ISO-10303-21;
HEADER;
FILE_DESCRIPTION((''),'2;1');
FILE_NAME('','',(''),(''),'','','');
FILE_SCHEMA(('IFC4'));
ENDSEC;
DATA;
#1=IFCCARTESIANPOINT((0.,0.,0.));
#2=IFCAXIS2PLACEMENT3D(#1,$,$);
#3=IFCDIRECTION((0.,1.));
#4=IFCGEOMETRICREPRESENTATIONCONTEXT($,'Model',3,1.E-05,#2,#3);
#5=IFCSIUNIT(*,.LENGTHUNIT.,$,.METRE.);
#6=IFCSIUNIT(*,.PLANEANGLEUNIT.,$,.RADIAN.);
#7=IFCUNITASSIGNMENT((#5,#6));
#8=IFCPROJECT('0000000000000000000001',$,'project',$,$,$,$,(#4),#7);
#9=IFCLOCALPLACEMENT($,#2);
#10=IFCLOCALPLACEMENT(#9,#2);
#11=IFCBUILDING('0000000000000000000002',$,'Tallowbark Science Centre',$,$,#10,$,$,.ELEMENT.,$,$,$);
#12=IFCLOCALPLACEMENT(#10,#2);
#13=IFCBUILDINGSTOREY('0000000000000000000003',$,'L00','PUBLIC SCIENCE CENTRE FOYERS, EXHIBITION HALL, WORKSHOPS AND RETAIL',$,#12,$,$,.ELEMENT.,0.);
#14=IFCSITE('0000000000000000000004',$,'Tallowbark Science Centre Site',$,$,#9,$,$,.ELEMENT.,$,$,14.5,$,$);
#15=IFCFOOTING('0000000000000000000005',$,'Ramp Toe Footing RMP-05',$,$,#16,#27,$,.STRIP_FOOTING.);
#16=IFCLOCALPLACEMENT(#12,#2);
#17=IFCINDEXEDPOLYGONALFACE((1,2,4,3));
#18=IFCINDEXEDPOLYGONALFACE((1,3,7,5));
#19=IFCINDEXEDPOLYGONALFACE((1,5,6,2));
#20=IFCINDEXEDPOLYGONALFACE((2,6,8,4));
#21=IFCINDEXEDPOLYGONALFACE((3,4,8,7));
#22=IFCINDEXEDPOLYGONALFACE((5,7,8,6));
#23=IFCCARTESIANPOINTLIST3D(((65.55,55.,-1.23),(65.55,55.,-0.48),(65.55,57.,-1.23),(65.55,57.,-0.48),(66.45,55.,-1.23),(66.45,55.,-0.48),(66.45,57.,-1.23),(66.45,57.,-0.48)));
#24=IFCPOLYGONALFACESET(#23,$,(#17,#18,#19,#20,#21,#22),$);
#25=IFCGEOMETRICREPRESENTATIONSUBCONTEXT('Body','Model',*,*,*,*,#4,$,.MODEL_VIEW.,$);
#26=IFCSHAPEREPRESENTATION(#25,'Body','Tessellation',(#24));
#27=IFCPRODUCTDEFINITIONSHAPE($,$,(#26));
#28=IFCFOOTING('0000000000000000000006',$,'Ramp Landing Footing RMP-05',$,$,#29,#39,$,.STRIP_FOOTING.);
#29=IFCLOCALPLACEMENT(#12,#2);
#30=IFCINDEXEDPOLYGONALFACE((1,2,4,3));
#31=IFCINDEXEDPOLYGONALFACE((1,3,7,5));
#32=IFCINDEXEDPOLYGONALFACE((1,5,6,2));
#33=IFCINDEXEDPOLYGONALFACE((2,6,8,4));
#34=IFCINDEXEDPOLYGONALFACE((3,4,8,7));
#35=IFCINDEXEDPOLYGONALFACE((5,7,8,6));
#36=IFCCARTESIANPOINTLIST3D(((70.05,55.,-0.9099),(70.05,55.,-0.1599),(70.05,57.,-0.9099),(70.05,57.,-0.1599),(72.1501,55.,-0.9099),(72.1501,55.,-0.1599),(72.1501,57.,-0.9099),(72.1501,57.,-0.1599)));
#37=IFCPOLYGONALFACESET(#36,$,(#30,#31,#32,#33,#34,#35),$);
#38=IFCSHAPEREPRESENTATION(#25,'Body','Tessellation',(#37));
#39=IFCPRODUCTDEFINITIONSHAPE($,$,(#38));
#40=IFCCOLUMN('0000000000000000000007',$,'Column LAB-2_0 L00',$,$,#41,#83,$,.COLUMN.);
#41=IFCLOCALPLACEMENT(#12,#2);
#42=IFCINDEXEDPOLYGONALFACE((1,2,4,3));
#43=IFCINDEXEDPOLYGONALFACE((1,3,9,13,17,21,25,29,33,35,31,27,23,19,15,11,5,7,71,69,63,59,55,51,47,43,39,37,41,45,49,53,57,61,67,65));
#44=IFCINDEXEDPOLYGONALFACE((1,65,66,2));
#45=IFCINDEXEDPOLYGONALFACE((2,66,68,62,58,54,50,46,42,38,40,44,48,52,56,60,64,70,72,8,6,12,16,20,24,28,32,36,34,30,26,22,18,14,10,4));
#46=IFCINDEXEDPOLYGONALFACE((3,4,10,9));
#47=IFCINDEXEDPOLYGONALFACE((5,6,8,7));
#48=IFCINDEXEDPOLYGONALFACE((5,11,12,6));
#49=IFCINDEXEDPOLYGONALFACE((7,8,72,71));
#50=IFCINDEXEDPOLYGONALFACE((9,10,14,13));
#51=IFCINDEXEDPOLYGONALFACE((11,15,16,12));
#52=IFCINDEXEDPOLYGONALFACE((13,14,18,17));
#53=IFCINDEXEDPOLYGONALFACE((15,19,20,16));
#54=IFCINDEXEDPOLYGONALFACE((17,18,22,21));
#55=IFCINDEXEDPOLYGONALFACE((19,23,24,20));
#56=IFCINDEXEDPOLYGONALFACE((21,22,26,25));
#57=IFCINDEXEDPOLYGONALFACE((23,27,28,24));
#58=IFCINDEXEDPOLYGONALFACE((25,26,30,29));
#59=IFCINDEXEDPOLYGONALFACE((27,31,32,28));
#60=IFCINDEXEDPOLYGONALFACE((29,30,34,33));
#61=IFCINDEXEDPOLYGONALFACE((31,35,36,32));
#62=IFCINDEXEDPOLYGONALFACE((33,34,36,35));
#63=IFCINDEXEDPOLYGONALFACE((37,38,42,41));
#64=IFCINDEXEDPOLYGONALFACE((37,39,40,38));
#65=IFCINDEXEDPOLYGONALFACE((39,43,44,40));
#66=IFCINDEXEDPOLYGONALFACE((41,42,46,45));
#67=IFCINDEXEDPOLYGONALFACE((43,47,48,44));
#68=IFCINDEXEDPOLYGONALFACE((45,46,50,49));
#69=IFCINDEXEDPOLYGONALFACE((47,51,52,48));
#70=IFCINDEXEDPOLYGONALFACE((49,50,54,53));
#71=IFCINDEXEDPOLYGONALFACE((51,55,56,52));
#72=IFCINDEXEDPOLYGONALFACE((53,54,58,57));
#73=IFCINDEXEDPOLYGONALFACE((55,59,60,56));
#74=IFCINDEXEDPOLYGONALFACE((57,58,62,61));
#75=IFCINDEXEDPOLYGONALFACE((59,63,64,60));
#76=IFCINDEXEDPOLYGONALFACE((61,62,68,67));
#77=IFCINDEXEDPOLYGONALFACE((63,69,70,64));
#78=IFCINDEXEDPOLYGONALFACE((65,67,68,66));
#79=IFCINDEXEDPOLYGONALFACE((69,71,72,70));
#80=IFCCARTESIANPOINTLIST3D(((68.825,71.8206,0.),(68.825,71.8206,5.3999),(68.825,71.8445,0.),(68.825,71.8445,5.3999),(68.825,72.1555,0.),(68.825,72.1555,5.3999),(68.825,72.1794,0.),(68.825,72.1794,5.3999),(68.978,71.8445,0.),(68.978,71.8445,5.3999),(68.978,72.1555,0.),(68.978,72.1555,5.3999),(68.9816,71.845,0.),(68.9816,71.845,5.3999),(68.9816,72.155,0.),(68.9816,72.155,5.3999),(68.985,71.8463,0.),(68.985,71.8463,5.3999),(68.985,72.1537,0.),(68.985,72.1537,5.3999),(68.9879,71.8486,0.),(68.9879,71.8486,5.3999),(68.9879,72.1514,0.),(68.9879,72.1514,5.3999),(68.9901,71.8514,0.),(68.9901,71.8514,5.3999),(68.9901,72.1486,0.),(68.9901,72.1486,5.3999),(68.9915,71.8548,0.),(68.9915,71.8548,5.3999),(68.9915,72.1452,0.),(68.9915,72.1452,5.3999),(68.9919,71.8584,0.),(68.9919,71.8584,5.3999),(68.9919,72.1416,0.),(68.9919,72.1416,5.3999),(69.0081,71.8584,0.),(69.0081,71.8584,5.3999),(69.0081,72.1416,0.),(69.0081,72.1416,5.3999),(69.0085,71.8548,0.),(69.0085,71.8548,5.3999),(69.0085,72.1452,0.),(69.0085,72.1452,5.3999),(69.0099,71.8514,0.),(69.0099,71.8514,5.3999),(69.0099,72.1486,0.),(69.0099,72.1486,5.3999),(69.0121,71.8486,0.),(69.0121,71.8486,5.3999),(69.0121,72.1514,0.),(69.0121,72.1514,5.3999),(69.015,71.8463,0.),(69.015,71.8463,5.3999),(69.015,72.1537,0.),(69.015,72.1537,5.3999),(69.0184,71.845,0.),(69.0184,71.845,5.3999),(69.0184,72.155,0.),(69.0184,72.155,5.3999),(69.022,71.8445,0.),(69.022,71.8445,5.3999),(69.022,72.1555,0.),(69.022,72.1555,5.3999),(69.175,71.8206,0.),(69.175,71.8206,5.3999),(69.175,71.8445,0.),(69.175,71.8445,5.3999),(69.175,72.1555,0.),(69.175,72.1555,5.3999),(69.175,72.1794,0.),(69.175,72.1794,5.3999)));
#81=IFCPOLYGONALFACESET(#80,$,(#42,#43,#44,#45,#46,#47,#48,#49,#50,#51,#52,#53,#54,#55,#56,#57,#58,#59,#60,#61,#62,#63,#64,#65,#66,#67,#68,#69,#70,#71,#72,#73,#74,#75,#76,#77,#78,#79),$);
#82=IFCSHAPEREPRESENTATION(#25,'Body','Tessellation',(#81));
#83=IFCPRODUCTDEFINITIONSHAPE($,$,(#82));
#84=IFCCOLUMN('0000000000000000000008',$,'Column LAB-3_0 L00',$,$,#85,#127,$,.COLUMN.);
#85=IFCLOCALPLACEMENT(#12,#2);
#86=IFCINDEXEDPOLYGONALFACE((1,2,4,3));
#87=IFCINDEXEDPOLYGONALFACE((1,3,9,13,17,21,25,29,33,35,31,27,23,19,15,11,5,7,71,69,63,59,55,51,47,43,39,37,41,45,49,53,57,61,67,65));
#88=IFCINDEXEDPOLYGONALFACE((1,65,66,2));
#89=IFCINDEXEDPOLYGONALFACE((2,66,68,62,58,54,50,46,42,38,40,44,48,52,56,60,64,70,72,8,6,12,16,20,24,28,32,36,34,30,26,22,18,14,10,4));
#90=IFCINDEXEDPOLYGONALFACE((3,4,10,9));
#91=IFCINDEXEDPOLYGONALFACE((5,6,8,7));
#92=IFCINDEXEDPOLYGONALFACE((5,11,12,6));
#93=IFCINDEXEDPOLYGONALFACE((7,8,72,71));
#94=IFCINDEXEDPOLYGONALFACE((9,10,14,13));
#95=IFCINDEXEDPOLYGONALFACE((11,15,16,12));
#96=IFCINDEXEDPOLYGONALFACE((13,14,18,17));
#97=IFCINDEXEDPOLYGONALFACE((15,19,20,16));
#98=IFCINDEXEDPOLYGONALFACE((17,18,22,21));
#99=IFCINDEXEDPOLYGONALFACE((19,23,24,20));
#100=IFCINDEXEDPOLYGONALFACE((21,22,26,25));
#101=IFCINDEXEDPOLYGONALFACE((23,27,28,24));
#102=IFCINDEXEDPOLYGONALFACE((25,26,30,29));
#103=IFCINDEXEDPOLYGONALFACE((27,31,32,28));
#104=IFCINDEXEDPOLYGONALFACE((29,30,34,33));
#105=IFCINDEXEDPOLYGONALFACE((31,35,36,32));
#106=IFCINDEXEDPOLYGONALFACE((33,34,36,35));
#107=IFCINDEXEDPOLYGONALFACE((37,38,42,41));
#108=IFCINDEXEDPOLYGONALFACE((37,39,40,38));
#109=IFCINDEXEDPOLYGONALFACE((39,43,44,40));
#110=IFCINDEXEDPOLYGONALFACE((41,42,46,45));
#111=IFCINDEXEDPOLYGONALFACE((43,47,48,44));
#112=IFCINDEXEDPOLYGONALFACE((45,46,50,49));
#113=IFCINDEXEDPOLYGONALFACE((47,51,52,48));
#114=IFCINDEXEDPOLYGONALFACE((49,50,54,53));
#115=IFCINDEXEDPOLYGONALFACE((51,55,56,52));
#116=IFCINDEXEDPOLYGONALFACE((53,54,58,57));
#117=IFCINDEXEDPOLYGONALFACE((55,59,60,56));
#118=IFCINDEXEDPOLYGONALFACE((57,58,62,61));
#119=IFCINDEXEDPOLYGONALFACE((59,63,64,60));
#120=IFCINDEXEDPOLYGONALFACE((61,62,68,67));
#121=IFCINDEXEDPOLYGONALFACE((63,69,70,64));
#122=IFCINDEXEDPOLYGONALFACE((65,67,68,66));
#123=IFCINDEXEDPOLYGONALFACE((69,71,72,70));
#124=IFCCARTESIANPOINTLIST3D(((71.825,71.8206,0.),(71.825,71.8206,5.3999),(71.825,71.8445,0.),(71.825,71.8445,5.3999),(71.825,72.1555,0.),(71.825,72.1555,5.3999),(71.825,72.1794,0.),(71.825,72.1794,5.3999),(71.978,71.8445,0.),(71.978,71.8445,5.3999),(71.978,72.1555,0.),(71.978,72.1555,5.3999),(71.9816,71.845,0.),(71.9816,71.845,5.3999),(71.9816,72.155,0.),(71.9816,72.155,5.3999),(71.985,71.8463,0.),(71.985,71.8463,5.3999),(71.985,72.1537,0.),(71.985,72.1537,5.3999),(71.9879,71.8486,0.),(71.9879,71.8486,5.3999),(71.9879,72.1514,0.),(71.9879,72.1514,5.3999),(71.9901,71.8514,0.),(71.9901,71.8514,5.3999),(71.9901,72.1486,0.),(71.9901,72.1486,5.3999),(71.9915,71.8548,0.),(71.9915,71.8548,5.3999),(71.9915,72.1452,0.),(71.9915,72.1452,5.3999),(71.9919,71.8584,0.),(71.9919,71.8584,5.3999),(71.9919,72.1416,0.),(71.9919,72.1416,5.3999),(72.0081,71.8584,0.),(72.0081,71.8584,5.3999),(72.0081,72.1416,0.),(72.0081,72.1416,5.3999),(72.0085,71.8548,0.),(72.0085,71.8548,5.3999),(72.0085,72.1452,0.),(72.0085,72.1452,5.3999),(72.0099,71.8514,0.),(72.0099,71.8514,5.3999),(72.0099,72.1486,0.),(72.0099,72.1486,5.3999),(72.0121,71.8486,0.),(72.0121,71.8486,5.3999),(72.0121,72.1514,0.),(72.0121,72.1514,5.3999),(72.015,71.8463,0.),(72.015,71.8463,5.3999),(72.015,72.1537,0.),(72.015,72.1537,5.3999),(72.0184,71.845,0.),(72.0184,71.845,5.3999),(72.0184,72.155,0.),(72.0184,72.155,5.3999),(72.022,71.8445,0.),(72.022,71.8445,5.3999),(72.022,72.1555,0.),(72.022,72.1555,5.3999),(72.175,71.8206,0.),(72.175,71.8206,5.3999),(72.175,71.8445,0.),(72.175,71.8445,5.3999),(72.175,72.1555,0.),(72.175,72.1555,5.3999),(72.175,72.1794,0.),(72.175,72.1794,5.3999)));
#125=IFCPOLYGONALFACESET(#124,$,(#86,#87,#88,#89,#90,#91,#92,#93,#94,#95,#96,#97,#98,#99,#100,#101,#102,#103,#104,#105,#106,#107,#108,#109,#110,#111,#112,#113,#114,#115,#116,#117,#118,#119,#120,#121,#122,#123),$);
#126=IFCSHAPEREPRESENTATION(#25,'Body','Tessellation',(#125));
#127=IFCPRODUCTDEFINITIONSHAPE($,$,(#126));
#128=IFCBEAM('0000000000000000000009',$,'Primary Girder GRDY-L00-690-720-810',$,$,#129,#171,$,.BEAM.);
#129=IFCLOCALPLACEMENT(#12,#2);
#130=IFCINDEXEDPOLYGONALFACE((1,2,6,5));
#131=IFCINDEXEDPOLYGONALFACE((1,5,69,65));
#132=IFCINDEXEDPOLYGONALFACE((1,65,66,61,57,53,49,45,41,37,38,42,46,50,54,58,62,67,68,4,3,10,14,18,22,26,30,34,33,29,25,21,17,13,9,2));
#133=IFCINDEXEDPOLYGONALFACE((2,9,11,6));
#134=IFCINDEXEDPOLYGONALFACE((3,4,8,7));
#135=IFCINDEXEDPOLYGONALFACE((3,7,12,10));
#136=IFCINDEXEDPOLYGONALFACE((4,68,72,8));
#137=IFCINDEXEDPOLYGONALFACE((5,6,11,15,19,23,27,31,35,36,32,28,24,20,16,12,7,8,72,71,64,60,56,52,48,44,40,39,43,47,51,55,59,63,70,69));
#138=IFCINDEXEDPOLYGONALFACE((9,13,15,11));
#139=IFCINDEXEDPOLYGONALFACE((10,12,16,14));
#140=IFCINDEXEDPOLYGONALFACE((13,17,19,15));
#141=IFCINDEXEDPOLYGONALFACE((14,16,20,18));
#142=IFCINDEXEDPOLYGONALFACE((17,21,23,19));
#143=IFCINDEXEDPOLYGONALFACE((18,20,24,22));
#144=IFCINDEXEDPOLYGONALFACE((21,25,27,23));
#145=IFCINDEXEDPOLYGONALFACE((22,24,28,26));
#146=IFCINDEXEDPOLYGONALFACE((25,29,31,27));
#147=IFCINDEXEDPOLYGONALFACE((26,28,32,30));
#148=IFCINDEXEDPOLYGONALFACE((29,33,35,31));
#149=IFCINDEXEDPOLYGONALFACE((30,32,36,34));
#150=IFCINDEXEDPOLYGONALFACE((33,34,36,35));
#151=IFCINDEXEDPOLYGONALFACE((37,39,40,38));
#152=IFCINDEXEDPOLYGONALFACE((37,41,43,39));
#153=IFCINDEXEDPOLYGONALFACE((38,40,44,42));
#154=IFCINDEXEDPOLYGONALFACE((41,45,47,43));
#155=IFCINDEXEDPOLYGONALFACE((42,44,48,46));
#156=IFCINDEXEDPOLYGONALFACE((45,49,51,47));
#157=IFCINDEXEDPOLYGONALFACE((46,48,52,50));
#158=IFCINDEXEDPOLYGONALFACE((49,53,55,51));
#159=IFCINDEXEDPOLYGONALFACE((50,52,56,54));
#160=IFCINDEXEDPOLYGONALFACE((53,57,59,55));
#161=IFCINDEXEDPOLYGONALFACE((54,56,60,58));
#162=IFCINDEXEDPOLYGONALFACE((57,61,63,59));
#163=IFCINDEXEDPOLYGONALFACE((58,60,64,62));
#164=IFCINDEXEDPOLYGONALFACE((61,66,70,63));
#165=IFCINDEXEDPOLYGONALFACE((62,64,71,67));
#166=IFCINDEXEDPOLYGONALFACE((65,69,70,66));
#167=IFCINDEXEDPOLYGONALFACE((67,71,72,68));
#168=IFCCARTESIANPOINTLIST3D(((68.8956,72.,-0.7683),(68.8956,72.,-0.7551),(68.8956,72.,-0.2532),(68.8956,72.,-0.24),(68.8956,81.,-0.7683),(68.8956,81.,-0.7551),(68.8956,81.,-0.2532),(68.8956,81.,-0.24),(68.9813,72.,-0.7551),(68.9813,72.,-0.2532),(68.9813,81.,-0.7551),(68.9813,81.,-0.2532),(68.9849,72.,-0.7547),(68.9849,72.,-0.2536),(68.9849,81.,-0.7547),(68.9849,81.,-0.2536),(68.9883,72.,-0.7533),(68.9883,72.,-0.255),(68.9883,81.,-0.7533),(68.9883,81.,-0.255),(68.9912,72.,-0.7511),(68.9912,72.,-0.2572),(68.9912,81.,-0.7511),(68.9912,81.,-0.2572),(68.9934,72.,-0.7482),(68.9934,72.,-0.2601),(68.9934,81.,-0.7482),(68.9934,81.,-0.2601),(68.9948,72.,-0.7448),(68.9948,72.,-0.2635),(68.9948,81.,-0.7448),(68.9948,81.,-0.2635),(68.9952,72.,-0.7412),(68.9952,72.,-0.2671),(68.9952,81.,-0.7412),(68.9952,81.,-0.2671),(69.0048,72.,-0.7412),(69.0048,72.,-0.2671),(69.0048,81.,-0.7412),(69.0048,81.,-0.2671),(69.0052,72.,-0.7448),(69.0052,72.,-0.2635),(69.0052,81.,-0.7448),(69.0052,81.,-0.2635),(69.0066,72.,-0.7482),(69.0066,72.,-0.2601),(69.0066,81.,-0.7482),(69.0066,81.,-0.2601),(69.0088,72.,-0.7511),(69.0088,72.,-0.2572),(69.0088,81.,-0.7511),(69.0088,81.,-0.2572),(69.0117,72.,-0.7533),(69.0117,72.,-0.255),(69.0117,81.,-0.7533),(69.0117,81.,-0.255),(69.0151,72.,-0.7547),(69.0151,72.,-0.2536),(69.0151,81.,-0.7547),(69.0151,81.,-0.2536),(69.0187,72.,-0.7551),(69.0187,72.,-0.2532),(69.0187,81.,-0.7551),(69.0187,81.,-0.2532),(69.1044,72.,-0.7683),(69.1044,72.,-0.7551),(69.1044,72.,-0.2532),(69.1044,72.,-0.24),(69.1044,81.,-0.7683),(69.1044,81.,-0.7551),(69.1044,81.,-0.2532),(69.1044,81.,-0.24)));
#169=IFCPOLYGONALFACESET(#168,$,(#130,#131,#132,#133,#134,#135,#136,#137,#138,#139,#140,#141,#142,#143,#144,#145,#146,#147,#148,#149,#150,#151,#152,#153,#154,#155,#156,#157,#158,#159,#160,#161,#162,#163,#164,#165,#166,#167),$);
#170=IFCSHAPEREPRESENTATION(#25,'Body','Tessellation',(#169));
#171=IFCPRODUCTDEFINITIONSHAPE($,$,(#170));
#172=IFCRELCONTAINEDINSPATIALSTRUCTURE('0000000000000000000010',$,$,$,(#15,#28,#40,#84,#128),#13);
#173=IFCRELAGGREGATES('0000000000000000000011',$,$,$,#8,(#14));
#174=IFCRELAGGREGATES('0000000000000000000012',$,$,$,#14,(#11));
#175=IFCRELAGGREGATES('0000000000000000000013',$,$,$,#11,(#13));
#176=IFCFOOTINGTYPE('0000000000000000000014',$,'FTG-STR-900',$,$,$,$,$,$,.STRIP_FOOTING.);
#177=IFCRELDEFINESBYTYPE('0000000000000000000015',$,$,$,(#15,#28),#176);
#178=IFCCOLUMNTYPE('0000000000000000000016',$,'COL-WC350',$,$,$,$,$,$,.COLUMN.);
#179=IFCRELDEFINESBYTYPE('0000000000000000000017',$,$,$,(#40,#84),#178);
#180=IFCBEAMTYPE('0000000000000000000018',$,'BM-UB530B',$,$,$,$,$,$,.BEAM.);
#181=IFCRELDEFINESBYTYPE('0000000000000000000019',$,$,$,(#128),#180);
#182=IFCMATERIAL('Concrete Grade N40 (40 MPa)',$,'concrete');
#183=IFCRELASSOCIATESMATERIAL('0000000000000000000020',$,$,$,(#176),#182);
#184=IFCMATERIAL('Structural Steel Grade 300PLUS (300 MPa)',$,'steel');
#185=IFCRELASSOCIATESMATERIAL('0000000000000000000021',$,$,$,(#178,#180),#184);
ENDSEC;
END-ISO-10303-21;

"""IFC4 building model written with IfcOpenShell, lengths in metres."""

from ifc_helpers import new_model, si_unit, direction, frame, origin, origin_2d, place, context, subcontext, project, spatial, rectangle, i_section, extrude, material, material_profile, profile_set, type_object, element, save


model = new_model("IFC4")

# Units and contexts
model_context = context("Model", 3, precision=1e-05, world=origin(), true_north=direction((0.0, 1.0)))
body_context = subcontext(model_context, "Body", "Model", "MODEL_VIEW")
ifc_project = project(units=[si_unit("LENGTHUNIT", "METRE"), si_unit("PLANEANGLEUNIT", "RADIAN")], contexts=[model_context])

# Site, building, storey
site_placement = place(None, origin())
site = spatial("IfcSite", under=ifc_project, at=site_placement, Name="Tallowbark Science Centre Site", CompositionType="ELEMENT", RefElevation=14.5)
building_placement = place(site_placement, origin())
building = spatial("IfcBuilding", under=site, at=building_placement, Name="Tallowbark Science Centre", CompositionType="ELEMENT")
storey_placement = place(building_placement, origin())
storey = spatial("IfcBuildingStorey", under=building, at=storey_placement, Name="L00", Description="PUBLIC SCIENCE CENTRE FOYERS, EXHIBITION HALL, WORKSHOPS AND RETAIL", CompositionType="ELEMENT", Elevation=0.0)

# Footings
ifc_material_1 = material(Name="Concrete Grade N40 (40 MPa)", Category="concrete")
footing_type = type_object("IfcFootingType", Name="FTG-STR-900", PredefinedType="STRIP_FOOTING", material=ifc_material_1)
footing_1_placement = place(storey_placement, frame((66.0, 56.0, -1.23), z_axis=(0.0, 0.0, 1.0), x_axis=(0.0, 1.0, 0.0)))
element("IfcFooting", 1, at=footing_1_placement, inside=storey, type_object=footing_type, Name="Ramp Toe Footing RMP-05", PredefinedType="STRIP_FOOTING", context=body_context, shape_type="SweptSolid", body=[
    extrude(rectangle(XDim=2.0, YDim=0.8999, at=origin_2d()), origin(), (0.0, 0.0, 1.0), 0.75),
])
footing_2_placement = place(storey_placement, frame((71.1001, 56.0, -0.9099), z_axis=(0.0, 0.0, 1.0), x_axis=(1.0, 0.0, 0.0)))
element("IfcFooting", 2, at=footing_2_placement, inside=storey, type_object=footing_type, Name="Ramp Landing Footing RMP-05", PredefinedType="STRIP_FOOTING", context=body_context, shape_type="SweptSolid", body=[
    extrude(rectangle(XDim=2.1001, YDim=2.0, at=origin_2d()), origin(), (0.0, 0.0, 1.0), 0.75),
])

# Columns
ifc_material_2 = material(Name="Structural Steel Grade 300PLUS (300 MPa)", Category="steel")
ifc_material_profile_1 = material_profile(ifc_material_2, i_section(OverallWidth=0.3501, OverallDepth=0.3589, WebThickness=0.0161, FlangeThickness=0.0239, FilletRadius=0.0139, at=origin_2d()), Name="350WC197")
ifc_profile_set_1 = profile_set([ifc_material_profile_1], Name="Structural Steel Grade 300PLUS (300 MPa)")
column_type = type_object("IfcColumnType", Name="COL-WC350", PredefinedType="COLUMN", material=ifc_profile_set_1)
for number, where, z_axis, x_axis, name in (
    (3, (69.0, 72.0, 0.0), (0.0, 0.0, 1.0), (1.0, 0.0, 0.0), "Column LAB-2_0 L00"),
    (4, (72.0, 72.0, 0.0), (0.0, 0.0, 1.0), (1.0, 0.0, 0.0), "Column LAB-3_0 L00"),
):
    element("IfcColumn", number, at=place(storey_placement, frame(where, z_axis=z_axis, x_axis=x_axis)), inside=storey, type_object=column_type, Name=name, PredefinedType="COLUMN", context=body_context, shape_type="SweptSolid", body=[
        extrude(i_section(OverallWidth=0.3501, OverallDepth=0.3589, WebThickness=0.0161, FlangeThickness=0.0239, FilletRadius=0.0139, at=origin_2d()), origin(), (0.0, 0.0, 1.0), 5.3999),
    ])

# Beam
ifc_material_profile_2 = material_profile(ifc_material_2, i_section(OverallWidth=0.2087, OverallDepth=0.5283, WebThickness=0.0095, FlangeThickness=0.0132, FilletRadius=0.0139, at=origin_2d()), Name="530UB82.0")
ifc_profile_set_2 = profile_set([ifc_material_profile_2], Name="Structural Steel Grade 300PLUS (300 MPa)")
beam_type_1 = type_object("IfcBeamType", Name="BM-UB530B", PredefinedType="BEAM", material=ifc_profile_set_2)
for number, where, z_axis, x_axis, name in (
    (5, (69.0, 72.0, -0.5042), (0.0, 1.0, 0.0), (-1.0, 0.0, 0.0), "Primary Girder GRDY-L00-690-720-810"),
):
    element("IfcBeam", number, at=place(storey_placement, frame(where, z_axis=z_axis, x_axis=x_axis)), inside=storey, type_object=beam_type_1, Name=name, PredefinedType="BEAM", context=body_context, shape_type="SweptSolid", body=[
        extrude(i_section(OverallWidth=0.2087, OverallDepth=0.5283, WebThickness=0.0095, FlangeThickness=0.0132, FilletRadius=0.0139, at=origin_2d()), origin(), (0.0, 0.0, 1.0), 9.0),
    ])

save(model, "model.ifc")
